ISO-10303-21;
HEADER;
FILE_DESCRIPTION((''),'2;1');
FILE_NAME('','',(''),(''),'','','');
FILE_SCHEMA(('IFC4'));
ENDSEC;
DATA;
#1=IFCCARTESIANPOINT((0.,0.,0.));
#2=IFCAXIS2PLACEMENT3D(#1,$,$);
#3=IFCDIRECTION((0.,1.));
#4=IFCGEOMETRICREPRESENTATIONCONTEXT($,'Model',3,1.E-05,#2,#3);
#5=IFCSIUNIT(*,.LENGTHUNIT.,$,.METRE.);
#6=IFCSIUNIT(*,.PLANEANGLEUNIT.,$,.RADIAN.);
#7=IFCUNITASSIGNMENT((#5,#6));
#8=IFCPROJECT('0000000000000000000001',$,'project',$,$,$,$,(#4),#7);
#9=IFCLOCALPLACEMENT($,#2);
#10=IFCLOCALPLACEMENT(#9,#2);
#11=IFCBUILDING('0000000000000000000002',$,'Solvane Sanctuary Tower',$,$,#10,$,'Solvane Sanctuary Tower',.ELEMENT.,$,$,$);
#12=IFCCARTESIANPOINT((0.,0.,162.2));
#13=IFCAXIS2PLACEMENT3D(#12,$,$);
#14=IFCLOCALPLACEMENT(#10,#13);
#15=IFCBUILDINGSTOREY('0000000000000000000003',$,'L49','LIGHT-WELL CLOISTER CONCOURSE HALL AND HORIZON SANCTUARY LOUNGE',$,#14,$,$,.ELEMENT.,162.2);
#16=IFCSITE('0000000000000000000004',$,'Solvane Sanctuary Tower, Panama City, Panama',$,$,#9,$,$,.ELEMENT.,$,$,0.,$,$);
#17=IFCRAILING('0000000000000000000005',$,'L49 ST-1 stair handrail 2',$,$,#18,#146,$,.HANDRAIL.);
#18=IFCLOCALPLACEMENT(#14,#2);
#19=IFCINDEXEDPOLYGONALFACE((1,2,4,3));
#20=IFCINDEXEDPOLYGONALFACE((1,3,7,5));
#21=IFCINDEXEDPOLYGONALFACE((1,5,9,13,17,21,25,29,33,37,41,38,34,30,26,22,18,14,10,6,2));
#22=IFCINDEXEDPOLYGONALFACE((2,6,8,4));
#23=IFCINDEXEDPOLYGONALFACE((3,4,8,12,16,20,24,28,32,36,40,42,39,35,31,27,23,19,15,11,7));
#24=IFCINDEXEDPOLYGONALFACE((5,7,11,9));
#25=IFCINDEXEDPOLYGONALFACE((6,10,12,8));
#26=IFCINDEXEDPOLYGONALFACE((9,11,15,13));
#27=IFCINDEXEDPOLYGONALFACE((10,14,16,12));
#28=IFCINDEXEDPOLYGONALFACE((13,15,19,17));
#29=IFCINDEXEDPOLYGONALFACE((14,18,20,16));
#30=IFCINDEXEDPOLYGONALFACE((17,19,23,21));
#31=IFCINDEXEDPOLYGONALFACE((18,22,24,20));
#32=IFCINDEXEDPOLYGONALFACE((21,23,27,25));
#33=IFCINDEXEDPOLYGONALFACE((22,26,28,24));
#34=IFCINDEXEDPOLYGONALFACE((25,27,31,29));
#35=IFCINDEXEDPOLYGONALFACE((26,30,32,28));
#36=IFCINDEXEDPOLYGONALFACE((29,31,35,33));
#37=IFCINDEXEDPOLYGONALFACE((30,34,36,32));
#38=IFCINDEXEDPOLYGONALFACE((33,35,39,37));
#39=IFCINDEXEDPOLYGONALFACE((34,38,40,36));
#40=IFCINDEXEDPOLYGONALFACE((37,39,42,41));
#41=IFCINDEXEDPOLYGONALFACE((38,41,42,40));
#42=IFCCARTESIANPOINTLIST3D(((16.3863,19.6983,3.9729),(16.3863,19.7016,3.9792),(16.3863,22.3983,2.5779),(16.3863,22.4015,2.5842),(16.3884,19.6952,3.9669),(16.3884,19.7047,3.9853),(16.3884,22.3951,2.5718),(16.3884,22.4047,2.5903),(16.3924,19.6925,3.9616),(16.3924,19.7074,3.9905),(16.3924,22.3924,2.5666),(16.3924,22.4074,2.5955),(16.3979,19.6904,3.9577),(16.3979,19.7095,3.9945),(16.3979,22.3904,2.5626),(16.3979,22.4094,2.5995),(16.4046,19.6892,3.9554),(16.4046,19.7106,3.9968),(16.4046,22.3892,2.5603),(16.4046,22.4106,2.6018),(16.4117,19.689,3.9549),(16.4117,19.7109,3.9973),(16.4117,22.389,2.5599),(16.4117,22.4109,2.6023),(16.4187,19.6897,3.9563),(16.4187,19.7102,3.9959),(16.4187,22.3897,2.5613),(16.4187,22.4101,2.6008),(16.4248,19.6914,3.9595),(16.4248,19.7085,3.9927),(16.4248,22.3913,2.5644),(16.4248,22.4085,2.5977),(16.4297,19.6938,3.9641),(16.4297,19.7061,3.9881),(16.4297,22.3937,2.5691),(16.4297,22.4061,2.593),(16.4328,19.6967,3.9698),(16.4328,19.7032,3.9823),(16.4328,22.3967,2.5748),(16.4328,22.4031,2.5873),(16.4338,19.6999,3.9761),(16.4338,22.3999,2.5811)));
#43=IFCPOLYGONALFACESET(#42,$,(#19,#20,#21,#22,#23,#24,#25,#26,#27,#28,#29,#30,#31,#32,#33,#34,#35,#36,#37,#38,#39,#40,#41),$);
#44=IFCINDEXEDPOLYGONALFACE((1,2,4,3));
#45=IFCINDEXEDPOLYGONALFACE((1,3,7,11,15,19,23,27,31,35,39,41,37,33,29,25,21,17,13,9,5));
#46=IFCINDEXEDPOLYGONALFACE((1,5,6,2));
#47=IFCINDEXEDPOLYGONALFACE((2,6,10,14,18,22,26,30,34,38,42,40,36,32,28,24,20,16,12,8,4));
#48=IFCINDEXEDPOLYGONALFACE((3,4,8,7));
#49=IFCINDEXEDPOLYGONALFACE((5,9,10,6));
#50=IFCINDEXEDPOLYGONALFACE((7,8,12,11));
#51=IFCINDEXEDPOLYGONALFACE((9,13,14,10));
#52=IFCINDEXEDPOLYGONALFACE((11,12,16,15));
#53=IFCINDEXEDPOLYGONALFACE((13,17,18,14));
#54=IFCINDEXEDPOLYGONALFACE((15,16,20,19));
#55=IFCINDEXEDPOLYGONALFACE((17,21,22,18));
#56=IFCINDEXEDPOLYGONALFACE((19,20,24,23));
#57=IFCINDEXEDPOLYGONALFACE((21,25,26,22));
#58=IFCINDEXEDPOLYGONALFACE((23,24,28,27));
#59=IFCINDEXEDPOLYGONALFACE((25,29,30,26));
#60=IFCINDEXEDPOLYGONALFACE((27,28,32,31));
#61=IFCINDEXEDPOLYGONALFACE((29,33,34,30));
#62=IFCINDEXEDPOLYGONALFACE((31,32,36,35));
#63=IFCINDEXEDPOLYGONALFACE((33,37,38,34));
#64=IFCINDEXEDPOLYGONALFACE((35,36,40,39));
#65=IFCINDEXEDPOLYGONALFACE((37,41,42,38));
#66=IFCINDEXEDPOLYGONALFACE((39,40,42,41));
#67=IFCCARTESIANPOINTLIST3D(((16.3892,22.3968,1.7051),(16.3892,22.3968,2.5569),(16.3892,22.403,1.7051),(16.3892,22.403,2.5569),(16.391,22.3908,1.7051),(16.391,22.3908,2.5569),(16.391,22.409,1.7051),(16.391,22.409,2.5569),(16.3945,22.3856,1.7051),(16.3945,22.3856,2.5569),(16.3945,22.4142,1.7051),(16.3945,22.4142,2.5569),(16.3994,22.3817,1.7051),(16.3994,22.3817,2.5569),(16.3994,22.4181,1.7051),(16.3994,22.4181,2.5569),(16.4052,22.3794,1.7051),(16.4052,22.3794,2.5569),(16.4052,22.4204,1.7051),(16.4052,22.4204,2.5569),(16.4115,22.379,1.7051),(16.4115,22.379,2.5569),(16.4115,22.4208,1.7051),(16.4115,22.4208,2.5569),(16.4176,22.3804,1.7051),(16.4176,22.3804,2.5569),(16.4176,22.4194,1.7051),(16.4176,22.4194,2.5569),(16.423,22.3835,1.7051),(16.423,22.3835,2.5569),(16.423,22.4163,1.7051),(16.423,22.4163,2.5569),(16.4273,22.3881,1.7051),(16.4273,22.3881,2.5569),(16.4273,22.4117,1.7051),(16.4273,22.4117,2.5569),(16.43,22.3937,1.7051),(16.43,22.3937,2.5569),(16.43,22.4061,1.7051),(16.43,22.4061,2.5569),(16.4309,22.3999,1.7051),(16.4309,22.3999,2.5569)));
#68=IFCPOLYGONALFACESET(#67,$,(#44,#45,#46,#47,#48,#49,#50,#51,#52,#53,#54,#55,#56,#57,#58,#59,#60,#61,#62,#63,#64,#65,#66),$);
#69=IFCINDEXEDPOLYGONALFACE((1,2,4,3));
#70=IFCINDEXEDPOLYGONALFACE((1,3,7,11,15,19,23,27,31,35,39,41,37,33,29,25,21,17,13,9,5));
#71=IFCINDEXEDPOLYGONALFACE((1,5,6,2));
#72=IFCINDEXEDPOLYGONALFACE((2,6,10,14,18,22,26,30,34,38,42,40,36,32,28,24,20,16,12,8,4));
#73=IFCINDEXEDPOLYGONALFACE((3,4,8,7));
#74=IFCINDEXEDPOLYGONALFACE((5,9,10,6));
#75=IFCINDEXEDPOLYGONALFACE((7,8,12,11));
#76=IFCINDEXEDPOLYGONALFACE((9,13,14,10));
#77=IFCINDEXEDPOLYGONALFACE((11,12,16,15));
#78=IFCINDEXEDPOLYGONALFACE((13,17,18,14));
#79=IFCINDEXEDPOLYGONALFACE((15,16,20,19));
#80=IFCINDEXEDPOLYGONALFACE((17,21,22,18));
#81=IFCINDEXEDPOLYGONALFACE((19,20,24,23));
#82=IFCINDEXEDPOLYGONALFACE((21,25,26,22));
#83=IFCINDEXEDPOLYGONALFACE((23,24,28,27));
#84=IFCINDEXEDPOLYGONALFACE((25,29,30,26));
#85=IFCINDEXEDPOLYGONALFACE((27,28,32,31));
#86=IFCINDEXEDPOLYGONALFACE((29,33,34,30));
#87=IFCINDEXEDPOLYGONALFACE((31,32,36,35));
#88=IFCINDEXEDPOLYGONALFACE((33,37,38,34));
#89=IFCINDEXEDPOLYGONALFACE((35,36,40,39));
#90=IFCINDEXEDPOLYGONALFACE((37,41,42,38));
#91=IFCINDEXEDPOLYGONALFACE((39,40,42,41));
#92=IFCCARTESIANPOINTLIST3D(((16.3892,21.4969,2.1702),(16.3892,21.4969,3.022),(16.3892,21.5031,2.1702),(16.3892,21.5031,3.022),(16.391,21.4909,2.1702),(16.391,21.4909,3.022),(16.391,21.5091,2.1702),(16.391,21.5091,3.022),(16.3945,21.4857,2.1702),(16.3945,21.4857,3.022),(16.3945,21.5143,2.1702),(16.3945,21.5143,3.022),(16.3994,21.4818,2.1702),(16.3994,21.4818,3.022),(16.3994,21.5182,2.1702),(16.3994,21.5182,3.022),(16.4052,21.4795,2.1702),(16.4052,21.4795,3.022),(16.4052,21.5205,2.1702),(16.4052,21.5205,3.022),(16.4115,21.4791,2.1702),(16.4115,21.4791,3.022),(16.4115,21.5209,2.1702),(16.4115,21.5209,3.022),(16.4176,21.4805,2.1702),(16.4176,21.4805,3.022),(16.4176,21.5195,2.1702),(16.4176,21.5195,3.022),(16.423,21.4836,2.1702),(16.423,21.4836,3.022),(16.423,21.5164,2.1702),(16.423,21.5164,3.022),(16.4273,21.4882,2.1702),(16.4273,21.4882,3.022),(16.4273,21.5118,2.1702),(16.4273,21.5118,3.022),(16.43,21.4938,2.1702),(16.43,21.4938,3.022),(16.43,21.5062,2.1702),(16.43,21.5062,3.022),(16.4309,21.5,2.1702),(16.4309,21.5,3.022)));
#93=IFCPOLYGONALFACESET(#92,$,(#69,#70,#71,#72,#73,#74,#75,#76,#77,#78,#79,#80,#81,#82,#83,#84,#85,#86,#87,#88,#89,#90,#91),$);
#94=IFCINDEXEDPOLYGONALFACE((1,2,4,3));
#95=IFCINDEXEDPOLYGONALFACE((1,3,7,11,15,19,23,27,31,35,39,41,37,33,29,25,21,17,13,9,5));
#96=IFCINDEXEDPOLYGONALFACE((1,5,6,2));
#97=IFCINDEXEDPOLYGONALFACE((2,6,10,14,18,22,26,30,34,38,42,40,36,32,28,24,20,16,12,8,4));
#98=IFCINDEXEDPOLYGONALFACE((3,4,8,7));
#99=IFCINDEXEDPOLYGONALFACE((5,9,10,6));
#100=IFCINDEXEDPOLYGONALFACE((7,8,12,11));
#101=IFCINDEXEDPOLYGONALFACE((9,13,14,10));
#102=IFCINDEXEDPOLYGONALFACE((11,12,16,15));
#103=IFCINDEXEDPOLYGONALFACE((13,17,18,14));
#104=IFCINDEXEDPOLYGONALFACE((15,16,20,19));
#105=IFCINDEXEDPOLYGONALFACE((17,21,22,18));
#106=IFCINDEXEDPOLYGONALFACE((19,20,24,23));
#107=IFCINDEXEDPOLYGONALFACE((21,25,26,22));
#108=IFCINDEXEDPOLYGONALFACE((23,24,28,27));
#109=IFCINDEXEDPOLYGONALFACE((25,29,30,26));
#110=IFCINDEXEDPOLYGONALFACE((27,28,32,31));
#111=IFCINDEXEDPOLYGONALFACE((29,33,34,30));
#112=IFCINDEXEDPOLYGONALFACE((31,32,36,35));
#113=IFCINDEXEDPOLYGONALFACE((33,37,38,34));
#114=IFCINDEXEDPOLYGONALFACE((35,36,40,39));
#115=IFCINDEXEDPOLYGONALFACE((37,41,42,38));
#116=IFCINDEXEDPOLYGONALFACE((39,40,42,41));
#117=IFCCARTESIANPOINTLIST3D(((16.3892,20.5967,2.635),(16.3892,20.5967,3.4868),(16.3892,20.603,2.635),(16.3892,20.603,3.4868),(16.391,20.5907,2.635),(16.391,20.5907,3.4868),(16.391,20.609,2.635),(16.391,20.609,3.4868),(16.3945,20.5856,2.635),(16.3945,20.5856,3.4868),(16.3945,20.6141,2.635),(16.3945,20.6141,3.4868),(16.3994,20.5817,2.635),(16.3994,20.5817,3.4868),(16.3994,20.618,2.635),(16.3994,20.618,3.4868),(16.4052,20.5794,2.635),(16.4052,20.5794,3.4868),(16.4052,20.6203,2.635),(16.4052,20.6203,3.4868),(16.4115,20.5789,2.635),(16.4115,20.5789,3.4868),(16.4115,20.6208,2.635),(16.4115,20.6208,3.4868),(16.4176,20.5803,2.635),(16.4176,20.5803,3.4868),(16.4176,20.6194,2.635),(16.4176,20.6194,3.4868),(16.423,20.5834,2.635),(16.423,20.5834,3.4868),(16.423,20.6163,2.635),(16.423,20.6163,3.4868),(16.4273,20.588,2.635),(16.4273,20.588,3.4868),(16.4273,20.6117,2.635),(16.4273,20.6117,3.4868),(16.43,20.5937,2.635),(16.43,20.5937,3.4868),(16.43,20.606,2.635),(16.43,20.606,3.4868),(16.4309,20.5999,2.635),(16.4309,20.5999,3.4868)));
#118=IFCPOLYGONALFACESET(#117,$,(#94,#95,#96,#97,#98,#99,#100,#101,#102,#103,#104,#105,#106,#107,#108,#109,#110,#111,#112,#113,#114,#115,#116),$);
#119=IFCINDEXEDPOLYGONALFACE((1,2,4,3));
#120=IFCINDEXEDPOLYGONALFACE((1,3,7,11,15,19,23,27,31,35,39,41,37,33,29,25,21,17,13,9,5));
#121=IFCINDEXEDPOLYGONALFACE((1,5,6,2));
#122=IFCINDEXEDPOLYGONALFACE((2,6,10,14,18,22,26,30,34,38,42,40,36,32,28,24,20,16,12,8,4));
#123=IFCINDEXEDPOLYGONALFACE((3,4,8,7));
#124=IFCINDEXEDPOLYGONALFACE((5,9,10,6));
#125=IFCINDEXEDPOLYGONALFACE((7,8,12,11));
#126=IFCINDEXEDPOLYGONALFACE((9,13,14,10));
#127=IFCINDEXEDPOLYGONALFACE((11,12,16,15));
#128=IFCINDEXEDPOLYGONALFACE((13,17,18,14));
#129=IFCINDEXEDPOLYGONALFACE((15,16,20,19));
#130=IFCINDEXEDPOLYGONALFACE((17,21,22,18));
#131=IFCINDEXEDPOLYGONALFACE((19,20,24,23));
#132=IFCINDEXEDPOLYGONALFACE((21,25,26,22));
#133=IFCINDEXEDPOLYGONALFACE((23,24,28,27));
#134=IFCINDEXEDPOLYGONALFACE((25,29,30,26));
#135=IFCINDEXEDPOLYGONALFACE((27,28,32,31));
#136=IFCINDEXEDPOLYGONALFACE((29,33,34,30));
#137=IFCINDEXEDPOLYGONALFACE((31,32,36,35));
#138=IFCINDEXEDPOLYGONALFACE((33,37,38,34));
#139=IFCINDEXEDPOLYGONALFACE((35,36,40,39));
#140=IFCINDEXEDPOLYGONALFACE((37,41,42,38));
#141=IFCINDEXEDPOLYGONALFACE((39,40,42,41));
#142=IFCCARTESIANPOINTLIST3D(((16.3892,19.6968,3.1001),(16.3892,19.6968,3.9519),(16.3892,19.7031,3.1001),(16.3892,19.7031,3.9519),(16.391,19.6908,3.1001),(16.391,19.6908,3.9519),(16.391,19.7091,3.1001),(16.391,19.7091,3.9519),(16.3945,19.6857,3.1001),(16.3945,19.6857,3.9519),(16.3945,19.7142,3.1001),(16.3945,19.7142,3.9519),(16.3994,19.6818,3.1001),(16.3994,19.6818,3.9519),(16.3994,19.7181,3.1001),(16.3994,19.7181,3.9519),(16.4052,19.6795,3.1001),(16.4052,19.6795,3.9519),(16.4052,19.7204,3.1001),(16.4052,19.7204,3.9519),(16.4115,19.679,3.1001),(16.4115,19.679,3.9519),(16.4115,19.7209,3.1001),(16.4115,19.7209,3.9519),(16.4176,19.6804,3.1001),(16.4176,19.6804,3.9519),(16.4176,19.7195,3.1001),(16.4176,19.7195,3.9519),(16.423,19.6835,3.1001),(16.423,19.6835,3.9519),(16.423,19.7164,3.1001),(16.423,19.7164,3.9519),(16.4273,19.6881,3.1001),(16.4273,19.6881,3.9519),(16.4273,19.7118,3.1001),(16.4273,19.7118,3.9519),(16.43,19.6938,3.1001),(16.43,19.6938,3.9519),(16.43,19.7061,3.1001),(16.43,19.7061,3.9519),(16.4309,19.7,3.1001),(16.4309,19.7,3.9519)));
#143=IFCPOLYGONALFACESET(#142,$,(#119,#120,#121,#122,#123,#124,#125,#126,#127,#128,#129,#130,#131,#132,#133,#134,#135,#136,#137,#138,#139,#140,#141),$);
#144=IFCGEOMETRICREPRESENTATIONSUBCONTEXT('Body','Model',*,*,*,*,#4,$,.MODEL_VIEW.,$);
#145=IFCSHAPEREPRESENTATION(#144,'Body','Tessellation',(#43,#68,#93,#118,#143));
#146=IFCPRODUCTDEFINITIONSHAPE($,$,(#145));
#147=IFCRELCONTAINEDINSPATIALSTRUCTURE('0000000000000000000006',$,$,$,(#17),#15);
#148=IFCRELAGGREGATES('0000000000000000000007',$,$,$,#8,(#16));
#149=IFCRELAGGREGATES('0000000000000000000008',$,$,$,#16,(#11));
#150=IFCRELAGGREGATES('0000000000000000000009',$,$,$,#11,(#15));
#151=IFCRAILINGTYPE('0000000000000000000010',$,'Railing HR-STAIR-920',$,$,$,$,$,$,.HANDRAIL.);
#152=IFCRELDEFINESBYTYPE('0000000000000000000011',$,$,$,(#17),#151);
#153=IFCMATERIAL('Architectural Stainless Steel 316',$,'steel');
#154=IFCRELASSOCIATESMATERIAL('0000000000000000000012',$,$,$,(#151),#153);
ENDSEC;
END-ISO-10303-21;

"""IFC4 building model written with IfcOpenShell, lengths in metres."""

from ifc_helpers import new_model, si_unit, direction, frame, origin, origin_2d, place, context, subcontext, project, spatial, circle, extrude, material, type_object, element, save


model = new_model("IFC4")

# Units and contexts
model_context = context("Model", 3, precision=1e-05, world=origin(), true_north=direction((0.0, 1.0)))
body_context = subcontext(model_context, "Body", "Model", "MODEL_VIEW")
ifc_project = project(units=[si_unit("LENGTHUNIT", "METRE"), si_unit("PLANEANGLEUNIT", "RADIAN")], contexts=[model_context])

# Site, building, storey
site_placement = place(None, origin())
site = spatial("IfcSite", under=ifc_project, at=site_placement, Name="Solvane Sanctuary Tower, Panama City, Panama", CompositionType="ELEMENT", RefElevation=0.0)
building_placement = place(site_placement, origin())
building = spatial("IfcBuilding", under=site, at=building_placement, Name="Solvane Sanctuary Tower", LongName="Solvane Sanctuary Tower", CompositionType="ELEMENT")
storey_placement = place(building_placement, frame((0.0, 0.0, 162.2)))
storey = spatial("IfcBuildingStorey", under=building, at=storey_placement, Name="L49", Description="LIGHT-WELL CLOISTER CONCOURSE HALL AND HORIZON SANCTUARY LOUNGE", CompositionType="ELEMENT", Elevation=162.2)

# Railing
ifc_material_1 = material(Name="Architectural Stainless Steel 316", Category="steel")
railing_type_1 = type_object("IfcRailingType", Name="Railing HR-STAIR-920", PredefinedType="HANDRAIL", material=ifc_material_1)
railing_1_placement = place(storey_placement, frame((16.4099, 22.3999, 1.7051)))
element("IfcRailing", 1, at=railing_1_placement, inside=storey, type_object=railing_type_1, Name="L49 ST-1 stair handrail 2", PredefinedType="HANDRAIL", context=body_context, shape_type="SweptSolid", body=[
    extrude(circle(Radius=0.0239, at=origin_2d()), frame((0.0, 0.0, 0.876), z_axis=(0.0, -0.88842, 0.459032), x_axis=(1.0, 0.0, 0.0)), (0.0, 0.0, 1.0), 3.0391),
    extrude(circle(Radius=0.021, at=origin_2d()), origin(), (0.0, 0.0, 1.0), 0.8518),
    extrude(circle(Radius=0.021, at=origin_2d()), frame((0.0, -0.8999, 0.4651)), (0.0, 0.0, 1.0), 0.8518),
    extrude(circle(Radius=0.021, at=origin_2d()), frame((0.0, -1.8, 0.9299)), (0.0, 0.0, 1.0), 0.8518),
    extrude(circle(Radius=0.021, at=origin_2d()), frame((0.0, -2.7, 1.395)), (0.0, 0.0, 1.0), 0.8518),
])

save(model, "model.ifc")
